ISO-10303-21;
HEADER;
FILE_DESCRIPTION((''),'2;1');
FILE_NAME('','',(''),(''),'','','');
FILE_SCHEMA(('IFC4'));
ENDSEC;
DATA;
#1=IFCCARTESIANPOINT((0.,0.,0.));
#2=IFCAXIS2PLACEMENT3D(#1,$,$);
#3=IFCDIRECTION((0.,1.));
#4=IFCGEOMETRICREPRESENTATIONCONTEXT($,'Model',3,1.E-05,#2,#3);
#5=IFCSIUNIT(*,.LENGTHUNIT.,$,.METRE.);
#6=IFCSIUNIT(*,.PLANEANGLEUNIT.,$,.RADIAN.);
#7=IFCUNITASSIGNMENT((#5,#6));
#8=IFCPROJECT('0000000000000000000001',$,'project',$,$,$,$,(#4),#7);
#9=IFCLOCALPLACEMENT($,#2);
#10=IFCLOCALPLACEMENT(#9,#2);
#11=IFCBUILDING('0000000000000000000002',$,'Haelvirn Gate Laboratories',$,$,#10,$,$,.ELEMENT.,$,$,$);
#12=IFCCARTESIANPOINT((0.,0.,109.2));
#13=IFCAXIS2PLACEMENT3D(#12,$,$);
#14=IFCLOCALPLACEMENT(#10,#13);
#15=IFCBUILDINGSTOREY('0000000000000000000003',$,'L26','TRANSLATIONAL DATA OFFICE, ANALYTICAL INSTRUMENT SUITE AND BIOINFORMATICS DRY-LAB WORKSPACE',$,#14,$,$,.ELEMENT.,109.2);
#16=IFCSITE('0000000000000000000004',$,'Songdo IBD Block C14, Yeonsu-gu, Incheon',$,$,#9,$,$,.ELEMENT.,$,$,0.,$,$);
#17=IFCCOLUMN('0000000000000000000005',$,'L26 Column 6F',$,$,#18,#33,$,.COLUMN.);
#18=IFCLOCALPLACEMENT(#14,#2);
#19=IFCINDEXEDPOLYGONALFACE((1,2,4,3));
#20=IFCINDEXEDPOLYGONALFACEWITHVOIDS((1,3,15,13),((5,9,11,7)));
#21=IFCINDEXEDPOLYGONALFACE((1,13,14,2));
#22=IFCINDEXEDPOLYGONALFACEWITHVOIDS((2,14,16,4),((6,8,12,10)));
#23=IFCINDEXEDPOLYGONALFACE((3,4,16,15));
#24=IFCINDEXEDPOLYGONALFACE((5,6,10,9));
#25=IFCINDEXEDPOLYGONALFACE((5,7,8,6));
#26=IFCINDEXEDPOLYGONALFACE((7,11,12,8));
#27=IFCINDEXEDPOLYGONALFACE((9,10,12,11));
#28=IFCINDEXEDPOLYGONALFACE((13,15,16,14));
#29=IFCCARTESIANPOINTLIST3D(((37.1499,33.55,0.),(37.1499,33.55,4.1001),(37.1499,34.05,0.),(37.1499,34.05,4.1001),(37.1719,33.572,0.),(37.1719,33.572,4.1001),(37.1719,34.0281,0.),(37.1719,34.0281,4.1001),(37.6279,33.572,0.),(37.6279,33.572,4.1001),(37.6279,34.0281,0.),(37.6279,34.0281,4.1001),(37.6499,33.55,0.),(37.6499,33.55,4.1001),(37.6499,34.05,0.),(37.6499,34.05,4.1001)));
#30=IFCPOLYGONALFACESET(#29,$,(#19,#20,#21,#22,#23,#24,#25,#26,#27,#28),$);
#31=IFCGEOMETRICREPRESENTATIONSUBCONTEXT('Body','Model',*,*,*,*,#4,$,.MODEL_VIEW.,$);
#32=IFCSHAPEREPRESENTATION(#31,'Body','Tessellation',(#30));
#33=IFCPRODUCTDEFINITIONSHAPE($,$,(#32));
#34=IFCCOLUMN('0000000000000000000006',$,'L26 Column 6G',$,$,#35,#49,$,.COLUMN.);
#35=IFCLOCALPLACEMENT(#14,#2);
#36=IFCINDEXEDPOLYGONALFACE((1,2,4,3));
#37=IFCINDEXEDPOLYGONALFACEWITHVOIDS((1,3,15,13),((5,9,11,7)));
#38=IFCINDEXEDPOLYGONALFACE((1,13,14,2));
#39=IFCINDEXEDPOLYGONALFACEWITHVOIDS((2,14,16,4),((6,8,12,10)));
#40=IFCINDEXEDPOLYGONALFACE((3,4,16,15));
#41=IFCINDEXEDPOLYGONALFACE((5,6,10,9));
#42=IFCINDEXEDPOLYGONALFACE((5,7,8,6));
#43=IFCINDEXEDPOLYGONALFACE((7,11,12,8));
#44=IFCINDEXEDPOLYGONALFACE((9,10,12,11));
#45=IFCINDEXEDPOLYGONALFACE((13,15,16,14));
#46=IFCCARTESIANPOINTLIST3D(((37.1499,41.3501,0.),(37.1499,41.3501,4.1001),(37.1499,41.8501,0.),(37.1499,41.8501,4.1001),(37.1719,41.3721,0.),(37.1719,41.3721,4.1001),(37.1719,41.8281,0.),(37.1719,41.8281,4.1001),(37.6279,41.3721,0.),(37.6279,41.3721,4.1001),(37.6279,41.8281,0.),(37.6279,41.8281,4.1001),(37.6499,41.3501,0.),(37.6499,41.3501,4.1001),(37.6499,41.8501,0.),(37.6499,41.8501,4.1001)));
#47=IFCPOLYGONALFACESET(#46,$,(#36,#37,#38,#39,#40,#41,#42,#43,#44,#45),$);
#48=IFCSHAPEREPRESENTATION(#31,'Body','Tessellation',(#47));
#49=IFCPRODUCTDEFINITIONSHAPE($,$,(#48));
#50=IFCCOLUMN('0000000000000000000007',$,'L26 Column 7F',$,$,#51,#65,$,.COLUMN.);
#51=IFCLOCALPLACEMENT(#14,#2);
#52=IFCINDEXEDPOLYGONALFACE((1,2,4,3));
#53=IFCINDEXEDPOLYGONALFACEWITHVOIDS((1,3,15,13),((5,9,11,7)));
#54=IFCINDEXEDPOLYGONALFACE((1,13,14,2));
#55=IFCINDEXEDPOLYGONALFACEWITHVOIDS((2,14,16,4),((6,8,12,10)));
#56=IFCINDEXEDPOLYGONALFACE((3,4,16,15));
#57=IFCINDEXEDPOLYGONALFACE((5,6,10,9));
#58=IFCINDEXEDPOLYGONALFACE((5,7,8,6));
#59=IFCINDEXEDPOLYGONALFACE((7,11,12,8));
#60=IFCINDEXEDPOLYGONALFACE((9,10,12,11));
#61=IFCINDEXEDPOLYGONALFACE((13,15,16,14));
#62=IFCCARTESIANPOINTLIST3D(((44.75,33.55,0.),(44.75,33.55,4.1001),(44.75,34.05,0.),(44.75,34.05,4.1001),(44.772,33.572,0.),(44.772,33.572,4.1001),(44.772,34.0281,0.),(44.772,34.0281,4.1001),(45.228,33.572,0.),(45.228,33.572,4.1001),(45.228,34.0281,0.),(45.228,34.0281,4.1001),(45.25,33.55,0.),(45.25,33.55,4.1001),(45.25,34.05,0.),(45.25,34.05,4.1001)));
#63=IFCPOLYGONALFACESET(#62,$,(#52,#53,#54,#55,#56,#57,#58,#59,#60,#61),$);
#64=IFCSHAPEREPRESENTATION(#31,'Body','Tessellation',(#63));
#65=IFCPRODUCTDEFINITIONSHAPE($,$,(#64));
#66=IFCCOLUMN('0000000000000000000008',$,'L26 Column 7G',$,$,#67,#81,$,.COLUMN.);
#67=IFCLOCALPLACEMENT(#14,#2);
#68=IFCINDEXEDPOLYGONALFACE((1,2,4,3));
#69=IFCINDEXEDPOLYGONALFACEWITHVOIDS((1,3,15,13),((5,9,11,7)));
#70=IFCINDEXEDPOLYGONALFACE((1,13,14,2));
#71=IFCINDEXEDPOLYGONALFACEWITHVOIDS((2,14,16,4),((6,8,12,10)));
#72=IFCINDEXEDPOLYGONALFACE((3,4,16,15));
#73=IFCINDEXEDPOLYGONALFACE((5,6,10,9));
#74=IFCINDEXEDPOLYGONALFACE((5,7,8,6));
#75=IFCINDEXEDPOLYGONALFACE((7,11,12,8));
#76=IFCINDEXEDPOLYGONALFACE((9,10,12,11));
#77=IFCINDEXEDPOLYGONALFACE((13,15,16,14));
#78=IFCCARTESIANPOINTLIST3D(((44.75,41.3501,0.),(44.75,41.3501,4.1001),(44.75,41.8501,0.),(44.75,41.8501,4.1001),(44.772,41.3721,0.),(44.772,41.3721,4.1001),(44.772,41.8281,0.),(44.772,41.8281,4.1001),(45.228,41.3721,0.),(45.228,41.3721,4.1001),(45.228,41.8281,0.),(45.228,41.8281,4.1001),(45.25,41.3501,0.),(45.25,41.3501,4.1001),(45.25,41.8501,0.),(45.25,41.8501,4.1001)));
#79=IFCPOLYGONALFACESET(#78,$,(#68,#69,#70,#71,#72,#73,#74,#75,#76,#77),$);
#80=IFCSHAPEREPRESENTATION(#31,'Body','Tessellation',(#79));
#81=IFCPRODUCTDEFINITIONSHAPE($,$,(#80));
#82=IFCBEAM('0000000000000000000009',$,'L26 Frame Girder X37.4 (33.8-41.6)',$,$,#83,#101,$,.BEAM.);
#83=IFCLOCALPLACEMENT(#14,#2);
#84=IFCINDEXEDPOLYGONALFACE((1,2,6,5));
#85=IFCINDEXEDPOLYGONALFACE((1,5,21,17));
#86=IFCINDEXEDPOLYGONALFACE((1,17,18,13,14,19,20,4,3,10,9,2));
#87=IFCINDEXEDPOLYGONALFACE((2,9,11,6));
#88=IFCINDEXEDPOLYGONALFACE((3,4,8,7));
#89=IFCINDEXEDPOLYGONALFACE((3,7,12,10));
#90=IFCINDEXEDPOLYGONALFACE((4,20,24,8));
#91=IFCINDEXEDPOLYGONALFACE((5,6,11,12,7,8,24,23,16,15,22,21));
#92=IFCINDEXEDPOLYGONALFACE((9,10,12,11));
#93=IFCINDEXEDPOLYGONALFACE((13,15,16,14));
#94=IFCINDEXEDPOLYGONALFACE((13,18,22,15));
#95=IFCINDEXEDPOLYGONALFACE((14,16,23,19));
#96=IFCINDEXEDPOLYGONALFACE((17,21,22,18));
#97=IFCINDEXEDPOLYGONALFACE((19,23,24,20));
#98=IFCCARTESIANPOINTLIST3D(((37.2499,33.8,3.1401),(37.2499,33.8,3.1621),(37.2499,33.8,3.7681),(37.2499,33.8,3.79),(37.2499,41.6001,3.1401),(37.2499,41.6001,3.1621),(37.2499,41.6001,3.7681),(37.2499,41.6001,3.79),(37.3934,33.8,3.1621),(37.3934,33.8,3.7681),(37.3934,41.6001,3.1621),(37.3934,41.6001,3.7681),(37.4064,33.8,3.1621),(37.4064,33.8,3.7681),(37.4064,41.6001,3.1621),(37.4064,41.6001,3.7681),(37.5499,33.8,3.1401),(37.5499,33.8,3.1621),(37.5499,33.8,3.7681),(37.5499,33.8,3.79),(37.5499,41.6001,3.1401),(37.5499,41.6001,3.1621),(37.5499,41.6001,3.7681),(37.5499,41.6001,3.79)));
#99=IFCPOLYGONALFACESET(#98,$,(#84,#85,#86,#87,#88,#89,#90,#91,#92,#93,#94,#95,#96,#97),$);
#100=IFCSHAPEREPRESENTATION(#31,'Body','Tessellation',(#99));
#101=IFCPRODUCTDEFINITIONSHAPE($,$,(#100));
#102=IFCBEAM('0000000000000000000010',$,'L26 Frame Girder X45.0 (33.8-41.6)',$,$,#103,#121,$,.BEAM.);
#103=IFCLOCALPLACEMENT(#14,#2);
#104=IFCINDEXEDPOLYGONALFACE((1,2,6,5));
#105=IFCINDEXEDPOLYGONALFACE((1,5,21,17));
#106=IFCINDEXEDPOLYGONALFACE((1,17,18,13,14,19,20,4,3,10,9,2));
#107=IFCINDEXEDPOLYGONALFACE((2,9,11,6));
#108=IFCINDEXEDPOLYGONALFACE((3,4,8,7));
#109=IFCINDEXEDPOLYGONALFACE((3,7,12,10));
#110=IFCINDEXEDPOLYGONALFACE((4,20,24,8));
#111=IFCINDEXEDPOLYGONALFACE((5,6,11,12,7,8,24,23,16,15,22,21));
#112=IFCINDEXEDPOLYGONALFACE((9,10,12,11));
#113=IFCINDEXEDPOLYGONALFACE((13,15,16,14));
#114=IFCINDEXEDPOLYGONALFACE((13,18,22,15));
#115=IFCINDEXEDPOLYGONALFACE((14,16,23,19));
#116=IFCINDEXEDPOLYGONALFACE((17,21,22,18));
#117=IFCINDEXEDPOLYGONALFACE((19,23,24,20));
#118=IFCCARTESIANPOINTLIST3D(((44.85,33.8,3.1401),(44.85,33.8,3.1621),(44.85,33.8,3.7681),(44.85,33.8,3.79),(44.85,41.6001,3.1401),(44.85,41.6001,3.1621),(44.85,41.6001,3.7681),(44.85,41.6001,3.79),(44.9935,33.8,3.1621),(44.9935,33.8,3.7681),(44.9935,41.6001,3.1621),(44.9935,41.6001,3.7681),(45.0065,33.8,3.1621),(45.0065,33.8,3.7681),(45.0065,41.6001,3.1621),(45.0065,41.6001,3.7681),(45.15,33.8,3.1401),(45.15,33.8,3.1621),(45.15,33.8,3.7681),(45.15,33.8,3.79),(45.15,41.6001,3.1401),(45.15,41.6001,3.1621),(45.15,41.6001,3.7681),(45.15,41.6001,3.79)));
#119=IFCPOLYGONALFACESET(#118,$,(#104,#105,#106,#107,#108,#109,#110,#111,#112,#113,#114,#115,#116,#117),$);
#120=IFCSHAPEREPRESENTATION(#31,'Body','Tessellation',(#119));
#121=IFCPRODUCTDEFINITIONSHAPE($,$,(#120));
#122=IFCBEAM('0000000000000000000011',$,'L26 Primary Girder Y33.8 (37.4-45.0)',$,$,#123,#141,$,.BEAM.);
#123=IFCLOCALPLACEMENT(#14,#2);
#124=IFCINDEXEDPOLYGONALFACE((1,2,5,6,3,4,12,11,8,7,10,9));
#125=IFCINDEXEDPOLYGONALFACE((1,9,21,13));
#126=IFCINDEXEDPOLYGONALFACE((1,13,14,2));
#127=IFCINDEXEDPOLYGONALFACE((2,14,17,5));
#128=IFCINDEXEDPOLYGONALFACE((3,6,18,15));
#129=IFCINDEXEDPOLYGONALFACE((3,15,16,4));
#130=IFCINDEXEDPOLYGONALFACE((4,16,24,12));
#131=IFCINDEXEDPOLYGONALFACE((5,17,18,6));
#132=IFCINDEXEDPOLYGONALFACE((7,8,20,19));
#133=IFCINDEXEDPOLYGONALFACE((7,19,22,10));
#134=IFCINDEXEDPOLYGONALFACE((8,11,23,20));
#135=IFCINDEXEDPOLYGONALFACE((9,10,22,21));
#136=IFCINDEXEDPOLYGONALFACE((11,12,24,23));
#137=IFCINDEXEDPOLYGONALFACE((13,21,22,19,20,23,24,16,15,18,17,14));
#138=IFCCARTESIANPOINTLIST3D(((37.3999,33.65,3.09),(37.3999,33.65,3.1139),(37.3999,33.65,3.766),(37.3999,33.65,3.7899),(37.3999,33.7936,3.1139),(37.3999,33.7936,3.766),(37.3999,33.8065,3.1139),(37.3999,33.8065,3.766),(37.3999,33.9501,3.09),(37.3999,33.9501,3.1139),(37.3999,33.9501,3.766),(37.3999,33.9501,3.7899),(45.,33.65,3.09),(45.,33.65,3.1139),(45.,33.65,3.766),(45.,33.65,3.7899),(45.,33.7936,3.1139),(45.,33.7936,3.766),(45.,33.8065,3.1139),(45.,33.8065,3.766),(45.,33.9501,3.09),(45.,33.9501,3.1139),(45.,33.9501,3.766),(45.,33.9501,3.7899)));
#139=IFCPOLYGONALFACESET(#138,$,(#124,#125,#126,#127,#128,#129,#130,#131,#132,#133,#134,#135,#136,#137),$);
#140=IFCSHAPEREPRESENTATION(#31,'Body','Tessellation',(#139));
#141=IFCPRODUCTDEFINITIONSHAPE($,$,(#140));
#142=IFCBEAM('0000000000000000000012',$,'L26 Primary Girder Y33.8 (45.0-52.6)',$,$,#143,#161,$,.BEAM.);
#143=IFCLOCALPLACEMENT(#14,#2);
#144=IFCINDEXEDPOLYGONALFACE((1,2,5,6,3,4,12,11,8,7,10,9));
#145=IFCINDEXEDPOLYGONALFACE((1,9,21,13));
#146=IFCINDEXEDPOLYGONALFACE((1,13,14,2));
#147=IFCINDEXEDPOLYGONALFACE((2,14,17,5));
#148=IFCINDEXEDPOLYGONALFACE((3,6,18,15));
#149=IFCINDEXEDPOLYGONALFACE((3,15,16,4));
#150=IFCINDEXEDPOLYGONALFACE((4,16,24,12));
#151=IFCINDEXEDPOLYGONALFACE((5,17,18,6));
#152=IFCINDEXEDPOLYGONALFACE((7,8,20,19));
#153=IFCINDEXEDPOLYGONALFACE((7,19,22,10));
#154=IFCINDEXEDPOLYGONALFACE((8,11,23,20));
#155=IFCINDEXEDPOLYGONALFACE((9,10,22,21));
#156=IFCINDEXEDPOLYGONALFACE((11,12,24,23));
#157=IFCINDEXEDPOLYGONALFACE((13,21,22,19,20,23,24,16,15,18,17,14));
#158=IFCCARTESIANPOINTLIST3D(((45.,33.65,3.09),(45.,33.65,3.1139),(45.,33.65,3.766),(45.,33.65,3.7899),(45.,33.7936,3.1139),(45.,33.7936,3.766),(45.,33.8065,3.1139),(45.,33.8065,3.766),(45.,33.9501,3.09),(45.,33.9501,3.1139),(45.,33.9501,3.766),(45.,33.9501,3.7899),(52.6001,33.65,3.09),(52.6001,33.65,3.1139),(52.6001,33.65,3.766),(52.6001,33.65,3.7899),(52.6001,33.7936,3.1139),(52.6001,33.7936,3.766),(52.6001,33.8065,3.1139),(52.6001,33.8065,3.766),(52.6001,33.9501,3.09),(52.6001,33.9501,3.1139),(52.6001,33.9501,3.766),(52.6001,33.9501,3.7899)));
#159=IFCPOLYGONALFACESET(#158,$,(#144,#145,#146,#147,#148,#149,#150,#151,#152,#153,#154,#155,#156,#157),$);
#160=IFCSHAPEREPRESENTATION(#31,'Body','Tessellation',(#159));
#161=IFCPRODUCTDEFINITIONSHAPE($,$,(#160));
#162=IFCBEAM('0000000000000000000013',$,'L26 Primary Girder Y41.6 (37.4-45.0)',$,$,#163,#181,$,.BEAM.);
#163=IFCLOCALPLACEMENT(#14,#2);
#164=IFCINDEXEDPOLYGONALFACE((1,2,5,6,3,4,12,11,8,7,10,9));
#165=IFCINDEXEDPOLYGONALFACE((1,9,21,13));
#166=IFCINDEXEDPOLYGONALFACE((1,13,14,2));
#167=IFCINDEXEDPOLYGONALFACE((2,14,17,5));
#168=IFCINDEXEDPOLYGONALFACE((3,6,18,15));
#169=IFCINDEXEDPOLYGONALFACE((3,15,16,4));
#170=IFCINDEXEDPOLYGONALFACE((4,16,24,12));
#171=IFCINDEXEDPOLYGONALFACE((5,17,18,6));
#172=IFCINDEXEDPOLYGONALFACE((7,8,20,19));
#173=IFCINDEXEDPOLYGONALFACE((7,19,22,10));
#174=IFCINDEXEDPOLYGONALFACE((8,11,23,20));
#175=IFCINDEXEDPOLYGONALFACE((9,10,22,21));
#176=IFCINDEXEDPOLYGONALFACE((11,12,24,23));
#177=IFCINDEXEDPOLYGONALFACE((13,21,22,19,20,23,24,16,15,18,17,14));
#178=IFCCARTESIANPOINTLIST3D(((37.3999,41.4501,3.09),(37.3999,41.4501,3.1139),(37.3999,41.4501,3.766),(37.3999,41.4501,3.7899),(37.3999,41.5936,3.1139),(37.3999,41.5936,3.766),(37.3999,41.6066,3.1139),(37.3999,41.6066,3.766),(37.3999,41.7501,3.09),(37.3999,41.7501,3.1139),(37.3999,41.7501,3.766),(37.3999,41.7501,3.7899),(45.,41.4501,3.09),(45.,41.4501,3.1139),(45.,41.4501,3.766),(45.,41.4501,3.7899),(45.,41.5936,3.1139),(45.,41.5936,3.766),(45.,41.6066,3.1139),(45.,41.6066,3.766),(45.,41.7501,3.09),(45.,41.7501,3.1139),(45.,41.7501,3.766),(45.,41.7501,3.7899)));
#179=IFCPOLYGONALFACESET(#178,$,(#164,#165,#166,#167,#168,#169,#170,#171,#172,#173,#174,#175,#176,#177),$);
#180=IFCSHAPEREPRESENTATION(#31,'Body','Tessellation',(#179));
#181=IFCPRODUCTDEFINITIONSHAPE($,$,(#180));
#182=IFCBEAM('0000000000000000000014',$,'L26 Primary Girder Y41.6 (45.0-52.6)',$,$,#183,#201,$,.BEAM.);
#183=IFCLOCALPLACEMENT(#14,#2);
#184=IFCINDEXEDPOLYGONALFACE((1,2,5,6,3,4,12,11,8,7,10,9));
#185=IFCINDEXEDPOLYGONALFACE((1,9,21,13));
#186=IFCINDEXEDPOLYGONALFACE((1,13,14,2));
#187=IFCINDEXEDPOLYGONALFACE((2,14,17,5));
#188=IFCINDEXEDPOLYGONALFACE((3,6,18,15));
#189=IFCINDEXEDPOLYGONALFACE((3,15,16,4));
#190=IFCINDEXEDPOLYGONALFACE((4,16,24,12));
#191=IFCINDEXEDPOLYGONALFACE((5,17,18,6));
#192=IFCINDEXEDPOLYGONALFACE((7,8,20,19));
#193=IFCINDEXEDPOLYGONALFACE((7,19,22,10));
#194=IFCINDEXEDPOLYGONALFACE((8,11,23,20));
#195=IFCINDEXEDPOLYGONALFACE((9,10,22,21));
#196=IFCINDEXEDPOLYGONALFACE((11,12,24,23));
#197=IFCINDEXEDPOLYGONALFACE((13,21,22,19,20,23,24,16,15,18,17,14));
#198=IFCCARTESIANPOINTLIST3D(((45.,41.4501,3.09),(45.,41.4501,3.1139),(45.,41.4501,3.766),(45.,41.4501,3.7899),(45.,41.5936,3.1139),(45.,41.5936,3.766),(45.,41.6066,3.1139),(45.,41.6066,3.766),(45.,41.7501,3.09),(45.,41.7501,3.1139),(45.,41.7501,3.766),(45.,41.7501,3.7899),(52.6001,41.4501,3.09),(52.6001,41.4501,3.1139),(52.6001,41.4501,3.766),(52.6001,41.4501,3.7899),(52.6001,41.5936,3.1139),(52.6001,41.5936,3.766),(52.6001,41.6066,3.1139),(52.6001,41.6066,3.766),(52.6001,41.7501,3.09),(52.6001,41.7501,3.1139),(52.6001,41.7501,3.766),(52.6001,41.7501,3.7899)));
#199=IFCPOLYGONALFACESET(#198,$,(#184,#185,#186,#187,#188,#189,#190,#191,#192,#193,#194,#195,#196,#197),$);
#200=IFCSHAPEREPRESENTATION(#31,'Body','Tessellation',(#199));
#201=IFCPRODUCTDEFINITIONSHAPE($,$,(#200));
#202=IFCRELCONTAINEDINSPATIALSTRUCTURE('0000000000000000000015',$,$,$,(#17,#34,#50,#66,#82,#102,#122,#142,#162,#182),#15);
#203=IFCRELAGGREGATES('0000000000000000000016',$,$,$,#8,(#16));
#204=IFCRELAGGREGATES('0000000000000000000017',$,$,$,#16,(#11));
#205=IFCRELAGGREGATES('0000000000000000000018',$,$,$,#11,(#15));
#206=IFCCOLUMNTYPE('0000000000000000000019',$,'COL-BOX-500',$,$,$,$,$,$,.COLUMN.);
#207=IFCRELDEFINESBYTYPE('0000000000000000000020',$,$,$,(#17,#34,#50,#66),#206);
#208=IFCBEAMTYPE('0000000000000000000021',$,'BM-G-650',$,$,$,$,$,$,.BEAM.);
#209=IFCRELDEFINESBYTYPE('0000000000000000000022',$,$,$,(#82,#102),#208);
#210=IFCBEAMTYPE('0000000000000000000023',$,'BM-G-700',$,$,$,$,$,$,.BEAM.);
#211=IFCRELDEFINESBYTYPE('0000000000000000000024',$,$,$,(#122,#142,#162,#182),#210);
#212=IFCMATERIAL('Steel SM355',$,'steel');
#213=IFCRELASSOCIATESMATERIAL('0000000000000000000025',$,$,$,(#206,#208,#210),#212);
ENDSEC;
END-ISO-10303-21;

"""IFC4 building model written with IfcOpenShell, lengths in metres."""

from ifc_helpers import new_model, si_unit, direction, frame, origin, origin_2d, place, context, subcontext, project, spatial, hollow_rectangle, i_section, extrude, source, transform, mapped, material, material_profile, profile_set, type_object, type_shapes, element, save


model = new_model("IFC4")

# Units and contexts
model_context = context("Model", 3, precision=1e-05, world=origin(), true_north=direction((0.0, 1.0)))
body_context = subcontext(model_context, "Body", "Model", "MODEL_VIEW")
ifc_project = project(units=[si_unit("LENGTHUNIT", "METRE"), si_unit("PLANEANGLEUNIT", "RADIAN")], contexts=[model_context])

# Site, building, storey
site_placement = place(None, origin())
site = spatial("IfcSite", under=ifc_project, at=site_placement, Name="Songdo IBD Block C14, Yeonsu-gu, Incheon", CompositionType="ELEMENT", RefElevation=0.0)
building_placement = place(site_placement, origin())
building = spatial("IfcBuilding", under=site, at=building_placement, Name="Haelvirn Gate Laboratories", CompositionType="ELEMENT")
storey_placement = place(building_placement, frame((0.0, 0.0, 109.2)))
storey = spatial("IfcBuildingStorey", under=building, at=storey_placement, Name="L26", Description="TRANSLATIONAL DATA OFFICE, ANALYTICAL INSTRUMENT SUITE AND BIOINFORMATICS DRY-LAB WORKSPACE", CompositionType="ELEMENT", Elevation=109.2)

# Columns
ifc_material_1 = material(Name="Steel SM355", Category="steel")
ifc_material_profile_1 = material_profile(ifc_material_1, hollow_rectangle(XDim=0.5, YDim=0.5, WallThickness=0.022, at=origin_2d()), Name="BOX-500x500x22")
ifc_profile_set_1 = profile_set([ifc_material_profile_1], Name="Steel SM355")
column_type = type_object("IfcColumnType", Name="COL-BOX-500", PredefinedType="COLUMN", material=ifc_profile_set_1)
shared_shape_1 = source(origin(), body_context, "Body", "SweptSolid", [
    extrude(hollow_rectangle(XDim=0.5, YDim=0.5, WallThickness=0.022, at=origin_2d()), origin(), (0.0, 0.0, 1.0), 4.1001),
])
type_shapes(column_type, [shared_shape_1])
for number, where, z_axis, x_axis, name in (
    (1, (37.3999, 33.8, 0.0), (0.0, 0.0, 1.0), (1.0, 0.0, 0.0), "L26 Column 6F"),
    (2, (37.3999, 41.6001, 0.0), (0.0, 0.0, 1.0), (1.0, 0.0, 0.0), "L26 Column 6G"),
    (3, (45.0, 33.8, 0.0), (0.0, 0.0, 1.0), (1.0, 0.0, 0.0), "L26 Column 7F"),
    (4, (45.0, 41.6001, 0.0), (0.0, 0.0, 1.0), (1.0, 0.0, 0.0), "L26 Column 7G"),
):
    element("IfcColumn", number, at=place(storey_placement, frame(where, z_axis=z_axis, x_axis=x_axis)), inside=storey, type_object=column_type, Name=name, PredefinedType="COLUMN", context=body_context, shape_type="MappedRepresentation", body=[
        mapped(shared_shape_1, transform((0.0, 0.0, 0.0), scale=1.0)),
    ])

# Beams
ifc_material_profile_2 = material_profile(ifc_material_1, i_section(OverallWidth=0.3, OverallDepth=0.6499, WebThickness=0.0129, FlangeThickness=0.022, at=origin_2d()), Name="H-650x300x13x22")
ifc_profile_set_2 = profile_set([ifc_material_profile_2], Name="Steel SM355")
beam_type_1 = type_object("IfcBeamType", Name="BM-G-650", PredefinedType="BEAM", material=ifc_profile_set_2)
shared_shape_2 = source(origin(), body_context, "Body", "SweptSolid", [
    extrude(i_section(OverallWidth=0.3, OverallDepth=0.6499, WebThickness=0.0129, FlangeThickness=0.022, at=origin_2d()), origin(), (0.0, 0.0, 1.0), 7.8),
])
type_shapes(beam_type_1, [shared_shape_2])
for number, where, z_axis, x_axis, name in (
    (5, (37.3999, 33.8, 3.4651), (0.0, 1.0, 0.0), (-1.0, 0.0, 0.0), "L26 Frame Girder X37.4 (33.8-41.6)"),
    (6, (45.0, 33.8, 3.4651), (0.0, 1.0, 0.0), (-1.0, 0.0, 0.0), "L26 Frame Girder X45.0 (33.8-41.6)"),
):
    element("IfcBeam", number, at=place(storey_placement, frame(where, z_axis=z_axis, x_axis=x_axis)), inside=storey, type_object=beam_type_1, Name=name, PredefinedType="BEAM", context=body_context, shape_type="MappedRepresentation", body=[
        mapped(shared_shape_2, transform((0.0, 0.0, 0.0), scale=1.0)),
    ])
ifc_material_profile_3 = material_profile(ifc_material_1, i_section(OverallWidth=0.3, OverallDepth=0.7, WebThickness=0.0129, FlangeThickness=0.0239, at=origin_2d()), Name="H-700x300x13x24")
ifc_profile_set_3 = profile_set([ifc_material_profile_3], Name="Steel SM355")
beam_type_2 = type_object("IfcBeamType", Name="BM-G-700", PredefinedType="BEAM", material=ifc_profile_set_3)
shared_shape_3 = source(origin(), body_context, "Body", "SweptSolid", [
    extrude(i_section(OverallWidth=0.3, OverallDepth=0.7, WebThickness=0.0129, FlangeThickness=0.0239, at=origin_2d()), origin(), (0.0, 0.0, 1.0), 7.6001),
])
type_shapes(beam_type_2, [shared_shape_3])
for number, where, z_axis, x_axis, name in (
    (7, (37.3999, 33.8, 3.4399), (1.0, 0.0, 0.0), (0.0, 1.0, 0.0), "L26 Primary Girder Y33.8 (37.4-45.0)"),
    (8, (45.0, 33.8, 3.4399), (1.0, 0.0, 0.0), (0.0, 1.0, 0.0), "L26 Primary Girder Y33.8 (45.0-52.6)"),
    (9, (37.3999, 41.6001, 3.4399), (1.0, 0.0, 0.0), (0.0, 1.0, 0.0), "L26 Primary Girder Y41.6 (37.4-45.0)"),
    (10, (45.0, 41.6001, 3.4399), (1.0, 0.0, 0.0), (0.0, 1.0, 0.0), "L26 Primary Girder Y41.6 (45.0-52.6)"),
):
    element("IfcBeam", number, at=place(storey_placement, frame(where, z_axis=z_axis, x_axis=x_axis)), inside=storey, type_object=beam_type_2, Name=name, PredefinedType="BEAM", context=body_context, shape_type="MappedRepresentation", body=[
        mapped(shared_shape_3, transform((0.0, 0.0, 0.0), scale=1.0)),
    ])

save(model, "model.ifc")
